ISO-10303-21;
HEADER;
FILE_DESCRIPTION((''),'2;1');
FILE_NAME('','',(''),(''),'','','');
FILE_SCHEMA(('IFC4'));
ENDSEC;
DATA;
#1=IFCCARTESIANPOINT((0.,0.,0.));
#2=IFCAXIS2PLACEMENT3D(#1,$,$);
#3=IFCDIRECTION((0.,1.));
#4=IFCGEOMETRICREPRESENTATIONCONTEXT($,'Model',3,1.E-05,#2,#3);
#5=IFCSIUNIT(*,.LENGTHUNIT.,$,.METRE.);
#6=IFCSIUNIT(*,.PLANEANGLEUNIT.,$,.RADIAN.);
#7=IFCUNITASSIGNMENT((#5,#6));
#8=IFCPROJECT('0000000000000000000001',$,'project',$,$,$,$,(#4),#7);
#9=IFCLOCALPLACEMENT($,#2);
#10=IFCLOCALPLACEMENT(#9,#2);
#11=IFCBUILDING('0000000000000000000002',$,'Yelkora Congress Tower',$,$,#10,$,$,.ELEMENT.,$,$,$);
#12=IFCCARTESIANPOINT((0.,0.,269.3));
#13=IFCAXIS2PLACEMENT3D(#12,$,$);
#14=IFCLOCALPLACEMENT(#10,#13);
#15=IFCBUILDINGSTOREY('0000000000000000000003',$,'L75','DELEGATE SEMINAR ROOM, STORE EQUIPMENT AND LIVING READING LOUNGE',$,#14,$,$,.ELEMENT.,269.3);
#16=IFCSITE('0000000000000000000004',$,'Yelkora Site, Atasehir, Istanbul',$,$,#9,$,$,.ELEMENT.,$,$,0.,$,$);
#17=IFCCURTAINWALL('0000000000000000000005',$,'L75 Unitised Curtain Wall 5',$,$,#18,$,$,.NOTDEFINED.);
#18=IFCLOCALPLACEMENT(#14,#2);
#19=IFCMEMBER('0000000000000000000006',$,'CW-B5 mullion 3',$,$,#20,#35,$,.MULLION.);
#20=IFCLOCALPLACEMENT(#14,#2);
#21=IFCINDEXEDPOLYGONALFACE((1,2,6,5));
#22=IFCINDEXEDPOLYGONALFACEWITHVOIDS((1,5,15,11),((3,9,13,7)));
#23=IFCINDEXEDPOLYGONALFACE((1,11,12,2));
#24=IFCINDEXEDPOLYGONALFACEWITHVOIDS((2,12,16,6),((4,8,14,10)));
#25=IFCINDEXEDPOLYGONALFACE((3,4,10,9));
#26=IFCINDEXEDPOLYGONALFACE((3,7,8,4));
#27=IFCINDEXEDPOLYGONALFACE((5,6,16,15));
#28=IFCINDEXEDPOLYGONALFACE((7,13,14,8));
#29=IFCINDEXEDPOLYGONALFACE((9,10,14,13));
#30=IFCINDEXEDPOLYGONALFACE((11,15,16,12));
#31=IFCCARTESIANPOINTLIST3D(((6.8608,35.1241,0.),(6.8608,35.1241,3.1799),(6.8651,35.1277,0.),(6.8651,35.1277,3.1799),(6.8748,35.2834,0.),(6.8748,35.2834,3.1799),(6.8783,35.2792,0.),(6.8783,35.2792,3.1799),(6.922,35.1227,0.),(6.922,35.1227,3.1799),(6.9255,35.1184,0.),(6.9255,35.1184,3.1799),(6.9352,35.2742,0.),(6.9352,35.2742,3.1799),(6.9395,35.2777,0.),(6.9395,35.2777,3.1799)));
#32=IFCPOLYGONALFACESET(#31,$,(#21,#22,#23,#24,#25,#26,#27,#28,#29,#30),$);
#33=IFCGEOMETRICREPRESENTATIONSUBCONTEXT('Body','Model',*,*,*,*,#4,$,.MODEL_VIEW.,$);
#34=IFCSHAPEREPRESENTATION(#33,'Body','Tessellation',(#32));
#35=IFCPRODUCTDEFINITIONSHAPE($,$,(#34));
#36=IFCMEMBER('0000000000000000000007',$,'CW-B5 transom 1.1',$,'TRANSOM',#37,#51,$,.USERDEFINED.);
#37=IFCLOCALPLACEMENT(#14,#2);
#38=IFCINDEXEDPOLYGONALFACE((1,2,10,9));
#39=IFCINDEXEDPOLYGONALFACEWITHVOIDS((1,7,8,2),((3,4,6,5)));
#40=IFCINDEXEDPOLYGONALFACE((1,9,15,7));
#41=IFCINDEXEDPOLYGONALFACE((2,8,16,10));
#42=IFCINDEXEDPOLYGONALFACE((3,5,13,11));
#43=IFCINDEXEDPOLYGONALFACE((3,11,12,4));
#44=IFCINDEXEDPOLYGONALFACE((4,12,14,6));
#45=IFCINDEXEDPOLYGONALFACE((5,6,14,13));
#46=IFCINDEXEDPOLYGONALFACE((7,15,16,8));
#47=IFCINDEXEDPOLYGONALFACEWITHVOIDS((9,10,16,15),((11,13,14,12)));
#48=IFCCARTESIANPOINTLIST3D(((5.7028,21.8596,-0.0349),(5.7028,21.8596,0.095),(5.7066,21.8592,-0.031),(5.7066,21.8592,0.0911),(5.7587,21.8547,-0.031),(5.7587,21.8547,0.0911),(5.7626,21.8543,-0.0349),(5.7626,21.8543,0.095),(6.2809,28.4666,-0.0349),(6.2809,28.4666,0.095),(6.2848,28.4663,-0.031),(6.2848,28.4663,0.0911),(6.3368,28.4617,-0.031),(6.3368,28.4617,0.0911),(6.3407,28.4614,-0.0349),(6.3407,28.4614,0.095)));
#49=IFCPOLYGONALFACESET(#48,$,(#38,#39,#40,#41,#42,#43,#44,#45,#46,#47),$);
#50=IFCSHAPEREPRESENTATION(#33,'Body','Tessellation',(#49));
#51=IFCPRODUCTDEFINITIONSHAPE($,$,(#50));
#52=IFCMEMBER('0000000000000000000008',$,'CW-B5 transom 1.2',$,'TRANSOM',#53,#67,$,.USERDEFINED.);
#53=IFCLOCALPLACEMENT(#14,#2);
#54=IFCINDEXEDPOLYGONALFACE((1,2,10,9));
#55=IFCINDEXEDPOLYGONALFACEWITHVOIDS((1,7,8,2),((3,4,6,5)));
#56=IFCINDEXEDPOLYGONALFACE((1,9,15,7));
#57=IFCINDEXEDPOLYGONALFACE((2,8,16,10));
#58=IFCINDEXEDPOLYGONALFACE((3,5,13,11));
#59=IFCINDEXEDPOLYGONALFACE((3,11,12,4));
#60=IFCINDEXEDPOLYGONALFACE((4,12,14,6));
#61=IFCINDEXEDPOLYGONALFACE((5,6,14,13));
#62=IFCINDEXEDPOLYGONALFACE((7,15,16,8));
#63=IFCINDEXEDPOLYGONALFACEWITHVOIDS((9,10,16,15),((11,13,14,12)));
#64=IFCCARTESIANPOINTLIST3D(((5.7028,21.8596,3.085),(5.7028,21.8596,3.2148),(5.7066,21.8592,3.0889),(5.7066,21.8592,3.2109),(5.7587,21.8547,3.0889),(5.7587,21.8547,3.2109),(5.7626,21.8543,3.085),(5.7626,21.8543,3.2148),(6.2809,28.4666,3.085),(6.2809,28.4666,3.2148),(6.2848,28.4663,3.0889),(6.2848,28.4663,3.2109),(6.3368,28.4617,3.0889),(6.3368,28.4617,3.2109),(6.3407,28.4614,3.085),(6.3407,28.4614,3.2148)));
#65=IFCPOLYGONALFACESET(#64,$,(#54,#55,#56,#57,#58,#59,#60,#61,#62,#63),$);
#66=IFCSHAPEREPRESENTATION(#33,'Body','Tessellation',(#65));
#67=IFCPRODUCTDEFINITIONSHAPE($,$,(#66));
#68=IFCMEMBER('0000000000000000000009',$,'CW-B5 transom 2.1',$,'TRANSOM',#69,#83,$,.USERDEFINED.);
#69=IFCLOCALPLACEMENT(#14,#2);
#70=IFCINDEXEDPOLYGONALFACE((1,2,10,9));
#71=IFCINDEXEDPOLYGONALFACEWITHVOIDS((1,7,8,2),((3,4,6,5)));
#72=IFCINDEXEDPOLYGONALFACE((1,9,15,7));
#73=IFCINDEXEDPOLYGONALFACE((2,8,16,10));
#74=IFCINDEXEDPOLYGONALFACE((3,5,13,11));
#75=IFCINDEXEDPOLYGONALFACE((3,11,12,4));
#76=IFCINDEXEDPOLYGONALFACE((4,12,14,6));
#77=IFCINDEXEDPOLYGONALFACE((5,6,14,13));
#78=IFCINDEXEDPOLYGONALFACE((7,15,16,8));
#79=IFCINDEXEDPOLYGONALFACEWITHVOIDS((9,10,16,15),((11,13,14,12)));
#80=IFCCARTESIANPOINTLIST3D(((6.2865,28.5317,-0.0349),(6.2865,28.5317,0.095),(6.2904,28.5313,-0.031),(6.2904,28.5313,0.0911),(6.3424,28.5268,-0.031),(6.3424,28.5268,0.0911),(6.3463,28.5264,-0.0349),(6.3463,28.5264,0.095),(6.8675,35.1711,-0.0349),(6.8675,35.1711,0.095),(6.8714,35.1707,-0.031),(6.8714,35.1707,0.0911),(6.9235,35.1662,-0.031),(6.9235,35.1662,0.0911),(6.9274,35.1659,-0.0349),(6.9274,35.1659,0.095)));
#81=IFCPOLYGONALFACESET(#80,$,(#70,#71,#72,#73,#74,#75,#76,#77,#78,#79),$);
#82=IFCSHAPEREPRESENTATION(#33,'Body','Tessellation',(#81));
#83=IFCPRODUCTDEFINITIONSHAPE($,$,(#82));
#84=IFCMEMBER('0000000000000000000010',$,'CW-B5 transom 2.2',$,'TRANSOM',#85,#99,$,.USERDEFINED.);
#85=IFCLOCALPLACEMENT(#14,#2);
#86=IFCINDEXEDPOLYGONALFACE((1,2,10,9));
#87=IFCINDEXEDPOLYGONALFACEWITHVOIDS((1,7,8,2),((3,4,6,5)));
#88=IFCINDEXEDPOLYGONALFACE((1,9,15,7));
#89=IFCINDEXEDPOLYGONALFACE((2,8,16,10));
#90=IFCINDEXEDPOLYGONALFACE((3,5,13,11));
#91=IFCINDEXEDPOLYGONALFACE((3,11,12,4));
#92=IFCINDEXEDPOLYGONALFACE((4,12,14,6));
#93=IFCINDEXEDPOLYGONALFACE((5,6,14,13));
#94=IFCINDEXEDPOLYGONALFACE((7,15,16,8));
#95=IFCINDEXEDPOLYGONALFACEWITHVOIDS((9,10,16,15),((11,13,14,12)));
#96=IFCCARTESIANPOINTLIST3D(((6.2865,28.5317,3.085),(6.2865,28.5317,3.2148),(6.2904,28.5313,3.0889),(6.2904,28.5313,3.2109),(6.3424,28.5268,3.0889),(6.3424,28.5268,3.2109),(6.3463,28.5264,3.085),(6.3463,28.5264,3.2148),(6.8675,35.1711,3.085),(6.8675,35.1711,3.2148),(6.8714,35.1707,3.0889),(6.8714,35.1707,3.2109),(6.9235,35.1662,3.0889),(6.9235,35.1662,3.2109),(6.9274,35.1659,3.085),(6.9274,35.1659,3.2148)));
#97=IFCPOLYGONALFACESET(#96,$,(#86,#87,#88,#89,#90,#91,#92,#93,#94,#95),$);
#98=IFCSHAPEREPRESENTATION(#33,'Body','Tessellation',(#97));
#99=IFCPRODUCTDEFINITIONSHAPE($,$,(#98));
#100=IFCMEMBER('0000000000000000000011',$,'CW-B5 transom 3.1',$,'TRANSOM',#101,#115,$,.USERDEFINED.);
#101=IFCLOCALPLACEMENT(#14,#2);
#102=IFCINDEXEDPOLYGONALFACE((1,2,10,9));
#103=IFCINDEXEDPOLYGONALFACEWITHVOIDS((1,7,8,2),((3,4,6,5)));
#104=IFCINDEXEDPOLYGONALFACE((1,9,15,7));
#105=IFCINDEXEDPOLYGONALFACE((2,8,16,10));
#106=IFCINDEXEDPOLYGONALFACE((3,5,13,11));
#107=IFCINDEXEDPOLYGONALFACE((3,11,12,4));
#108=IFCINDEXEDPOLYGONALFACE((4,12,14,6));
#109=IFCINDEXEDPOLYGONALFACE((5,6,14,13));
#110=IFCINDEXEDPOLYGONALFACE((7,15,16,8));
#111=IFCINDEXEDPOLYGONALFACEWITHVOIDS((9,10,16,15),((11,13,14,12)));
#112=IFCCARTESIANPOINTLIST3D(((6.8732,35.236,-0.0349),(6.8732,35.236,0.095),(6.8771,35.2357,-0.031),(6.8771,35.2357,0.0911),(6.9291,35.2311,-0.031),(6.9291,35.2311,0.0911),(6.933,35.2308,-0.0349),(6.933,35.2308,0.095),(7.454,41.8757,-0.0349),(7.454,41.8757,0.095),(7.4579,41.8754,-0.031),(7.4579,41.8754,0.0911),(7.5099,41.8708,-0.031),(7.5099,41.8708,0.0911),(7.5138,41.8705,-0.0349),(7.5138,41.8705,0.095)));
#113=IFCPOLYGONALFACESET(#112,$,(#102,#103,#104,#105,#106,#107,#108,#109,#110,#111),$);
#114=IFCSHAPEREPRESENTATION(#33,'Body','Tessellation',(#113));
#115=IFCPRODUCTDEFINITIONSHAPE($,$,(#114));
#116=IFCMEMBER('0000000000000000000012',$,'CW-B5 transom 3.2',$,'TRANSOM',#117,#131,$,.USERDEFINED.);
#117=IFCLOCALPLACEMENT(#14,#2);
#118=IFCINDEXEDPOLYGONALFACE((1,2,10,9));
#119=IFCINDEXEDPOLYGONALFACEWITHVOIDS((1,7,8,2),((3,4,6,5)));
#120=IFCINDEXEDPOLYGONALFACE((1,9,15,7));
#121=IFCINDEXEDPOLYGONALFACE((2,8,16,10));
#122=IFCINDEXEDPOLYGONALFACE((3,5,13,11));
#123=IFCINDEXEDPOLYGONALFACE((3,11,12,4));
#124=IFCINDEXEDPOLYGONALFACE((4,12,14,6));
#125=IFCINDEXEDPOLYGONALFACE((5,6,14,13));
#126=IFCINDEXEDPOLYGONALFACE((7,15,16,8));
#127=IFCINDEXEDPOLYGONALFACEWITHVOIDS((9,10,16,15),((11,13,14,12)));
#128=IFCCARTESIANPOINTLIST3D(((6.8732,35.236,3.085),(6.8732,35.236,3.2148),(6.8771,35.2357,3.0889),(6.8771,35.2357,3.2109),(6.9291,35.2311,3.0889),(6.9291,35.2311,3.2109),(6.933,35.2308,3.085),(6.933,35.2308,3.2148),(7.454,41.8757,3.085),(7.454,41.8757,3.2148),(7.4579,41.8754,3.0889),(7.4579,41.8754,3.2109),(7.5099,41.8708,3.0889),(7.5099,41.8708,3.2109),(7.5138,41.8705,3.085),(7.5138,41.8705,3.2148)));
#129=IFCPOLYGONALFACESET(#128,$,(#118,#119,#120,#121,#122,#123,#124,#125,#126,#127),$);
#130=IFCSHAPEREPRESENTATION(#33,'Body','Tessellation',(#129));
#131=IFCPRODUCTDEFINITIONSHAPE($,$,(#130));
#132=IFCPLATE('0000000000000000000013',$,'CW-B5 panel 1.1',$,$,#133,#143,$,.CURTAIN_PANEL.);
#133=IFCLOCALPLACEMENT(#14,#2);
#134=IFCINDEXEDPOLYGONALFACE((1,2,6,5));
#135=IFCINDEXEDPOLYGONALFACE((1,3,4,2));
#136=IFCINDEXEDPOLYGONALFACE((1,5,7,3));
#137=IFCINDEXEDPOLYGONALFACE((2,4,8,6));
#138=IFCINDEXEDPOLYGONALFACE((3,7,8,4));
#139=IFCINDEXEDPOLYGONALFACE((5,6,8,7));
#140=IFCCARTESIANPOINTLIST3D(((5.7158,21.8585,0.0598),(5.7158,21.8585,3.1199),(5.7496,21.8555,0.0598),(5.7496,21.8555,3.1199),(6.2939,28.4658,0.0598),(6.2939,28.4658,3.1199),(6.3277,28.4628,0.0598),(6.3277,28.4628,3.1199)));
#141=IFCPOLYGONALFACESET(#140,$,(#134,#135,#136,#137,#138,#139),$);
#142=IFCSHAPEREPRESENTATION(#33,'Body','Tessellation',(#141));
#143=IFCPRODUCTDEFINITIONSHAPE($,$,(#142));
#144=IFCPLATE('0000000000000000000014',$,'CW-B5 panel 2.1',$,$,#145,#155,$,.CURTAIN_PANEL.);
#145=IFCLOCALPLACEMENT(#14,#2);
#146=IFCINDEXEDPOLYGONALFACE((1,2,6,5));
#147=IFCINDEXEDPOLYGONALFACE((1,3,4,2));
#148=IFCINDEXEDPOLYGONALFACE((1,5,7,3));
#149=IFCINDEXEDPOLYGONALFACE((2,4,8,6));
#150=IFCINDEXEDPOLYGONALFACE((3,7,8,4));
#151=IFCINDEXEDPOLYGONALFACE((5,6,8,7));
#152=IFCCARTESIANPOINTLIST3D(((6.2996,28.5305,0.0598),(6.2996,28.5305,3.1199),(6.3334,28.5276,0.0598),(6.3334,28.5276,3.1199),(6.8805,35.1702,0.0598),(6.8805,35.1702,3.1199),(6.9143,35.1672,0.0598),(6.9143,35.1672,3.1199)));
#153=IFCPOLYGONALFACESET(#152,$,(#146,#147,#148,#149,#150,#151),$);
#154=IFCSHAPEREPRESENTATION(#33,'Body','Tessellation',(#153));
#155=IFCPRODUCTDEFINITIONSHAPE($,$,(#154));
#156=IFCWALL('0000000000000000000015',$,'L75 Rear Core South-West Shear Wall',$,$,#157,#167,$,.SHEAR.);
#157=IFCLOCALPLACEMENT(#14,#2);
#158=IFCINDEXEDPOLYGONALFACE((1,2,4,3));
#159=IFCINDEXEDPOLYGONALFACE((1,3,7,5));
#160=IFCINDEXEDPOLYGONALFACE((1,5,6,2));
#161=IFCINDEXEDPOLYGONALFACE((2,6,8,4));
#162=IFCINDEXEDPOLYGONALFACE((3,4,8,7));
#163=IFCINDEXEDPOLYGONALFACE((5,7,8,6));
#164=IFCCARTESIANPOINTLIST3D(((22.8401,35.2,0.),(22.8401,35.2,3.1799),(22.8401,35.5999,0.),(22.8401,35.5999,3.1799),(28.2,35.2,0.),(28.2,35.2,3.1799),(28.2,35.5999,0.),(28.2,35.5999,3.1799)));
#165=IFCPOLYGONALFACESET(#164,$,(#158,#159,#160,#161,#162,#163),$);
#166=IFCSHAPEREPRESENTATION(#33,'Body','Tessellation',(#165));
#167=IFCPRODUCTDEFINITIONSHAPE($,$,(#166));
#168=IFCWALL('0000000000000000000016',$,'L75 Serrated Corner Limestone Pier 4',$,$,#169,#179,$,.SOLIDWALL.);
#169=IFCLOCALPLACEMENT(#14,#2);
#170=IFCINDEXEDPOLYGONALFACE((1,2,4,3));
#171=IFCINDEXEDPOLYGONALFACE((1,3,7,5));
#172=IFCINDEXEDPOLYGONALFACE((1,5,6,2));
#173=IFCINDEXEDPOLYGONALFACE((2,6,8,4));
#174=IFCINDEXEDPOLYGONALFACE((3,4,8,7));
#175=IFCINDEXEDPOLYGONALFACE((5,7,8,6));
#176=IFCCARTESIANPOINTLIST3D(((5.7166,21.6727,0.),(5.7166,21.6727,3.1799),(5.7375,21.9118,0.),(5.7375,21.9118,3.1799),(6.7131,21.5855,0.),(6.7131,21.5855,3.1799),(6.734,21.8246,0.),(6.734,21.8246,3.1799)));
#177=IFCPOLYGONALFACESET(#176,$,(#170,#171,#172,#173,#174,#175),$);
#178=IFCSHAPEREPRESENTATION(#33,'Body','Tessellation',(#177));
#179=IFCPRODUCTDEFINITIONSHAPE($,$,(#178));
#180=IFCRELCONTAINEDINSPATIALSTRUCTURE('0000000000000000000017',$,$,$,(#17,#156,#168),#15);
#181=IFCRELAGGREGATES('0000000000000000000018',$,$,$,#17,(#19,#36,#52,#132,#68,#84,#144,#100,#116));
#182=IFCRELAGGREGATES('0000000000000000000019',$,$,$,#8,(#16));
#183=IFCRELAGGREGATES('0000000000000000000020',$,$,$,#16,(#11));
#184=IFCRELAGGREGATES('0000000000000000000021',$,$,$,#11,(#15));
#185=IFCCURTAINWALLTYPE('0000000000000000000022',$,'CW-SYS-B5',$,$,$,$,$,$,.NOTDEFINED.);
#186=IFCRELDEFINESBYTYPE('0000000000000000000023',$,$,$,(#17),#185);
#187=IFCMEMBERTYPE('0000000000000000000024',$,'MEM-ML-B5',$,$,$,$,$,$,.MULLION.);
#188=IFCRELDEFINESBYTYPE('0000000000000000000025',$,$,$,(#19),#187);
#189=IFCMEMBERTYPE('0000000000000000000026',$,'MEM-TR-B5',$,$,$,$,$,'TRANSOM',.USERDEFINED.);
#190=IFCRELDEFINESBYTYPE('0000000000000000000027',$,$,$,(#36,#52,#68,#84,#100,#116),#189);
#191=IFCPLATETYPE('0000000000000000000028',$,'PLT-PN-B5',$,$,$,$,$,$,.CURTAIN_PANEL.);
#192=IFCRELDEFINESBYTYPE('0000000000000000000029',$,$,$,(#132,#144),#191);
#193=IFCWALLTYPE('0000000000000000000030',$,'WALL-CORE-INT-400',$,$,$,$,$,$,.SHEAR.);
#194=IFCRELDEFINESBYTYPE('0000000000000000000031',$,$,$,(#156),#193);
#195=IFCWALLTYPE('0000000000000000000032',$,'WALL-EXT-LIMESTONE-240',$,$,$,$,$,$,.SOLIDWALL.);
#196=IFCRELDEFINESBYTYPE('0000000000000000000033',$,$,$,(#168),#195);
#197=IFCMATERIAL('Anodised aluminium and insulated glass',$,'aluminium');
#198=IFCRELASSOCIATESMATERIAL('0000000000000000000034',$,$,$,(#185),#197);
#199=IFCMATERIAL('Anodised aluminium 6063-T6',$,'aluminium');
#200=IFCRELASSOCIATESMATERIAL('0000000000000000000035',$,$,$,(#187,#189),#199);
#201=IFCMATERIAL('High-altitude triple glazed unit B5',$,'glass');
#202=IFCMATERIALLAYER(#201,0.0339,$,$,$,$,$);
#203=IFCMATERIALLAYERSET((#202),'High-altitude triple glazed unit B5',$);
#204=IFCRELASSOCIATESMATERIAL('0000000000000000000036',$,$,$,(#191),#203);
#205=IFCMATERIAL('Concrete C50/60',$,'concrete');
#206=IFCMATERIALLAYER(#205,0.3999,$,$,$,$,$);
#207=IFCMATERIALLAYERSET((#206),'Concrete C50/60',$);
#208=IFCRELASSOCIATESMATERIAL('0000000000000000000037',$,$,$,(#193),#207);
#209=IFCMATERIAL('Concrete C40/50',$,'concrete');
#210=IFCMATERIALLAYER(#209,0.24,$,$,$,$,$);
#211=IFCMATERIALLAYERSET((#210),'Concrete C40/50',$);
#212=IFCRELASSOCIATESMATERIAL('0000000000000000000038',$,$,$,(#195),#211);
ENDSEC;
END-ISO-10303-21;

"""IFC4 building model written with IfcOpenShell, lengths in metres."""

from ifc_helpers import new_model, si_unit, direction, frame, frame_2d, origin, origin_2d, place, context, subcontext, project, spatial, rectangle, hollow_rectangle, extrude, material, layer, layer_set, material_profile, profile_set, type_object, element, aggregate, save


model = new_model("IFC4")

# Units and contexts
model_context = context("Model", 3, precision=1e-05, world=origin(), true_north=direction((0.0, 1.0)))
body_context = subcontext(model_context, "Body", "Model", "MODEL_VIEW")
ifc_project = project(units=[si_unit("LENGTHUNIT", "METRE"), si_unit("PLANEANGLEUNIT", "RADIAN")], contexts=[model_context])

# Site, building, storey
site_placement = place(None, origin())
site = spatial("IfcSite", under=ifc_project, at=site_placement, Name="Yelkora Site, Atasehir, Istanbul", CompositionType="ELEMENT", RefElevation=0.0)
building_placement = place(site_placement, origin())
building = spatial("IfcBuilding", under=site, at=building_placement, Name="Yelkora Congress Tower", CompositionType="ELEMENT")
storey_placement = place(building_placement, frame((0.0, 0.0, 269.3)))
storey = spatial("IfcBuildingStorey", under=building, at=storey_placement, Name="L75", Description="DELEGATE SEMINAR ROOM, STORE EQUIPMENT AND LIVING READING LOUNGE", CompositionType="ELEMENT", Elevation=269.3)

# Curtain wall, members, plates
ifc_material_1 = material(Name="Anodised aluminium and insulated glass", Category="aluminium")
curtain_wall_type = type_object("IfcCurtainWallType", Name="CW-SYS-B5", PredefinedType="NOTDEFINED", material=ifc_material_1)
curtain_wall_placement = place(storey_placement, origin())
curtain_wall = element("IfcCurtainWall", 1, at=curtain_wall_placement, inside=storey, type_object=curtain_wall_type, Name="L75 Unitised Curtain Wall 5", PredefinedType="NOTDEFINED")
ifc_material_2 = material(Name="Anodised aluminium 6063-T6", Category="aluminium")
ifc_material_profile_1 = material_profile(ifc_material_2, hollow_rectangle(XDim=0.0649, YDim=0.1599, WallThickness=0.0039, at=origin_2d()), Name="ALU 65x160x4")
ifc_profile_set_1 = profile_set([ifc_material_profile_1], Name="Anodised aluminium 6063-T6")
member_type_1 = type_object("IfcMemberType", Name="MEM-ML-B5", PredefinedType="MULLION", material=ifc_profile_set_1)
member_1_placement = place(storey_placement, frame((6.9001, 35.2009, 0.0), z_axis=(0.0, 0.0, 1.0), x_axis=(-0.996195, 0.087155, 0.0)))
member_1 = element("IfcMember", 2, at=member_1_placement, type_object=member_type_1, Name="CW-B5 mullion 3", PredefinedType="MULLION", context=body_context, shape_type="SweptSolid", body=[
    extrude(hollow_rectangle(XDim=0.0649, YDim=0.1599, WallThickness=0.0039, at=origin_2d()), origin(), (0.0, 0.0, 1.0), 3.1799),
])
ifc_material_profile_2 = material_profile(ifc_material_2, hollow_rectangle(XDim=0.0601, YDim=0.1299, WallThickness=0.0039, at=origin_2d()), Name="ALU 60x130x4")
ifc_profile_set_2 = profile_set([ifc_material_profile_2], Name="Anodised aluminium 6063-T6")
member_type_2 = type_object("IfcMemberType", Name="MEM-TR-B5", ElementType="TRANSOM", PredefinedType="USERDEFINED", material=ifc_profile_set_2)
member_2_placement = place(storey_placement, frame((5.7327, 21.8569, 0.03), z_axis=(0.087166, 0.996194, 0.0), x_axis=(-0.996194, 0.087166, 0.0)))
member_2 = element("IfcMember", 3, at=member_2_placement, type_object=member_type_2, Name="CW-B5 transom 1.1", ObjectType="TRANSOM", PredefinedType="USERDEFINED", context=body_context, shape_type="SweptSolid", body=[
    extrude(hollow_rectangle(XDim=0.0601, YDim=0.1299, WallThickness=0.0039, at=origin_2d()), origin(), (0.0, 0.0, 1.0), 6.6323),
])
member_3_placement = place(storey_placement, frame((5.7327, 21.8569, 3.1499), z_axis=(0.087166, 0.996194, 0.0), x_axis=(-0.996194, 0.087166, 0.0)))
member_3 = element("IfcMember", 4, at=member_3_placement, type_object=member_type_2, Name="CW-B5 transom 1.2", ObjectType="TRANSOM", PredefinedType="USERDEFINED", context=body_context, shape_type="SweptSolid", body=[
    extrude(hollow_rectangle(XDim=0.0601, YDim=0.1299, WallThickness=0.0039, at=origin_2d()), origin(), (0.0, 0.0, 1.0), 6.6323),
])
member_4_placement = place(storey_placement, frame((6.3164, 28.5291, 0.03), z_axis=(0.087183, 0.996192, 0.0), x_axis=(-0.996192, 0.087183, 0.0)))
member_4 = element("IfcMember", 5, at=member_4_placement, type_object=member_type_2, Name="CW-B5 transom 2.1", ObjectType="TRANSOM", PredefinedType="USERDEFINED", context=body_context, shape_type="SweptSolid", body=[
    extrude(hollow_rectangle(XDim=0.0601, YDim=0.1299, WallThickness=0.0039, at=origin_2d()), origin(), (0.0, 0.0, 1.0), 6.6648),
])
member_5_placement = place(storey_placement, frame((6.3164, 28.5291, 3.1499), z_axis=(0.087183, 0.996192, 0.0), x_axis=(-0.996192, 0.087183, 0.0)))
member_5 = element("IfcMember", 6, at=member_5_placement, type_object=member_type_2, Name="CW-B5 transom 2.2", ObjectType="TRANSOM", PredefinedType="USERDEFINED", context=body_context, shape_type="SweptSolid", body=[
    extrude(hollow_rectangle(XDim=0.0601, YDim=0.1299, WallThickness=0.0039, at=origin_2d()), origin(), (0.0, 0.0, 1.0), 6.6648),
])
member_6_placement = place(storey_placement, frame((6.9031, 35.2334, 0.03), z_axis=(0.087143, 0.996196, 0.0), x_axis=(-0.996196, 0.087143, 0.0)))
member_6 = element("IfcMember", 7, at=member_6_placement, type_object=member_type_2, Name="CW-B5 transom 3.1", ObjectType="TRANSOM", PredefinedType="USERDEFINED", context=body_context, shape_type="SweptSolid", body=[
    extrude(hollow_rectangle(XDim=0.0601, YDim=0.1299, WallThickness=0.0039, at=origin_2d()), origin(), (0.0, 0.0, 1.0), 6.665),
])
member_7_placement = place(storey_placement, frame((6.9031, 35.2334, 3.1499), z_axis=(0.087143, 0.996196, 0.0), x_axis=(-0.996196, 0.087143, 0.0)))
member_7 = element("IfcMember", 8, at=member_7_placement, type_object=member_type_2, Name="CW-B5 transom 3.2", ObjectType="TRANSOM", PredefinedType="USERDEFINED", context=body_context, shape_type="SweptSolid", body=[
    extrude(hollow_rectangle(XDim=0.0601, YDim=0.1299, WallThickness=0.0039, at=origin_2d()), origin(), (0.0, 0.0, 1.0), 6.665),
])
ifc_material_3 = material(Name="High-altitude triple glazed unit B5", Category="glass")
ifc_layer_1 = layer(ifc_material_3, 0.0339)
ifc_layer_set_1 = layer_set([ifc_layer_1], Name="High-altitude triple glazed unit B5")
plate_type = type_object("IfcPlateType", Name="PLT-PN-B5", PredefinedType="CURTAIN_PANEL", material=ifc_layer_set_1)
plate_1_placement = place(storey_placement, frame((6.0217, 25.1606, 0.0598), z_axis=(0.0, 0.0, 1.0), x_axis=(0.087155, 0.996195, 0.0)))
plate_1 = element("IfcPlate", 9, at=plate_1_placement, type_object=plate_type, Name="CW-B5 panel 1.1", PredefinedType="CURTAIN_PANEL", context=body_context, shape_type="SweptSolid", body=[
    extrude(rectangle(XDim=6.6326, YDim=0.0339, at=origin_2d()), origin(), (0.0, 0.0, 1.0), 3.0601),
])
plate_2_placement = place(storey_placement, frame((6.6069, 31.8489, 0.0598), z_axis=(0.0, 0.0, 1.0), x_axis=(0.087155, 0.996195, 0.0)))
plate_2 = element("IfcPlate", 10, at=plate_2_placement, type_object=plate_type, Name="CW-B5 panel 2.1", PredefinedType="CURTAIN_PANEL", context=body_context, shape_type="SweptSolid", body=[
    extrude(rectangle(XDim=6.665, YDim=0.0339, at=origin_2d()), origin(), (0.0, 0.0, 1.0), 3.0601),
])
aggregate(curtain_wall, [member_1, member_2, member_3, plate_1, member_4, member_5, plate_2, member_6, member_7])

# Walls
ifc_material_4 = material(Name="Concrete C50/60", Category="concrete")
ifc_layer_2 = layer(ifc_material_4, 0.3999)
ifc_layer_set_2 = layer_set([ifc_layer_2], Name="Concrete C50/60")
wall_type_1 = type_object("IfcWallType", Name="WALL-CORE-INT-400", PredefinedType="SHEAR", material=ifc_layer_set_2)
wall_1_placement = place(storey_placement, frame((22.8401, 35.3999, 0.0), z_axis=(0.0, 0.0, 1.0), x_axis=(1.0, 0.0, 0.0)))
element("IfcWall", 11, at=wall_1_placement, inside=storey, type_object=wall_type_1, Name="L75 Rear Core South-West Shear Wall", PredefinedType="SHEAR", context=body_context, shape_type="SweptSolid", body=[
    extrude(rectangle(XDim=5.3599, YDim=0.3999, at=frame_2d((2.6799, 0.0))), origin(), (0.0, 0.0, 1.0), 3.1799),
])
ifc_material_5 = material(Name="Concrete C40/50", Category="concrete")
ifc_layer_3 = layer(ifc_material_5, 0.24)
ifc_layer_set_3 = layer_set([ifc_layer_3], Name="Concrete C40/50")
wall_type_2 = type_object("IfcWallType", Name="WALL-EXT-LIMESTONE-240", PredefinedType="SOLIDWALL", material=ifc_layer_set_3)
wall_2_placement = place(storey_placement, frame((6.7234, 21.7051, 0.0), z_axis=(0.0, 0.0, 1.0), x_axis=(-0.996196, 0.087146, 0.0)))
element("IfcWall", 12, at=wall_2_placement, inside=storey, type_object=wall_type_2, Name="L75 Serrated Corner Limestone Pier 4", PredefinedType="SOLIDWALL", context=body_context, shape_type="SweptSolid", body=[
    extrude(rectangle(XDim=1.0002, YDim=0.24, at=frame_2d((0.5, 0.0))), origin(), (0.0, 0.0, 1.0), 3.1799),
])

save(model, "model.ifc")
